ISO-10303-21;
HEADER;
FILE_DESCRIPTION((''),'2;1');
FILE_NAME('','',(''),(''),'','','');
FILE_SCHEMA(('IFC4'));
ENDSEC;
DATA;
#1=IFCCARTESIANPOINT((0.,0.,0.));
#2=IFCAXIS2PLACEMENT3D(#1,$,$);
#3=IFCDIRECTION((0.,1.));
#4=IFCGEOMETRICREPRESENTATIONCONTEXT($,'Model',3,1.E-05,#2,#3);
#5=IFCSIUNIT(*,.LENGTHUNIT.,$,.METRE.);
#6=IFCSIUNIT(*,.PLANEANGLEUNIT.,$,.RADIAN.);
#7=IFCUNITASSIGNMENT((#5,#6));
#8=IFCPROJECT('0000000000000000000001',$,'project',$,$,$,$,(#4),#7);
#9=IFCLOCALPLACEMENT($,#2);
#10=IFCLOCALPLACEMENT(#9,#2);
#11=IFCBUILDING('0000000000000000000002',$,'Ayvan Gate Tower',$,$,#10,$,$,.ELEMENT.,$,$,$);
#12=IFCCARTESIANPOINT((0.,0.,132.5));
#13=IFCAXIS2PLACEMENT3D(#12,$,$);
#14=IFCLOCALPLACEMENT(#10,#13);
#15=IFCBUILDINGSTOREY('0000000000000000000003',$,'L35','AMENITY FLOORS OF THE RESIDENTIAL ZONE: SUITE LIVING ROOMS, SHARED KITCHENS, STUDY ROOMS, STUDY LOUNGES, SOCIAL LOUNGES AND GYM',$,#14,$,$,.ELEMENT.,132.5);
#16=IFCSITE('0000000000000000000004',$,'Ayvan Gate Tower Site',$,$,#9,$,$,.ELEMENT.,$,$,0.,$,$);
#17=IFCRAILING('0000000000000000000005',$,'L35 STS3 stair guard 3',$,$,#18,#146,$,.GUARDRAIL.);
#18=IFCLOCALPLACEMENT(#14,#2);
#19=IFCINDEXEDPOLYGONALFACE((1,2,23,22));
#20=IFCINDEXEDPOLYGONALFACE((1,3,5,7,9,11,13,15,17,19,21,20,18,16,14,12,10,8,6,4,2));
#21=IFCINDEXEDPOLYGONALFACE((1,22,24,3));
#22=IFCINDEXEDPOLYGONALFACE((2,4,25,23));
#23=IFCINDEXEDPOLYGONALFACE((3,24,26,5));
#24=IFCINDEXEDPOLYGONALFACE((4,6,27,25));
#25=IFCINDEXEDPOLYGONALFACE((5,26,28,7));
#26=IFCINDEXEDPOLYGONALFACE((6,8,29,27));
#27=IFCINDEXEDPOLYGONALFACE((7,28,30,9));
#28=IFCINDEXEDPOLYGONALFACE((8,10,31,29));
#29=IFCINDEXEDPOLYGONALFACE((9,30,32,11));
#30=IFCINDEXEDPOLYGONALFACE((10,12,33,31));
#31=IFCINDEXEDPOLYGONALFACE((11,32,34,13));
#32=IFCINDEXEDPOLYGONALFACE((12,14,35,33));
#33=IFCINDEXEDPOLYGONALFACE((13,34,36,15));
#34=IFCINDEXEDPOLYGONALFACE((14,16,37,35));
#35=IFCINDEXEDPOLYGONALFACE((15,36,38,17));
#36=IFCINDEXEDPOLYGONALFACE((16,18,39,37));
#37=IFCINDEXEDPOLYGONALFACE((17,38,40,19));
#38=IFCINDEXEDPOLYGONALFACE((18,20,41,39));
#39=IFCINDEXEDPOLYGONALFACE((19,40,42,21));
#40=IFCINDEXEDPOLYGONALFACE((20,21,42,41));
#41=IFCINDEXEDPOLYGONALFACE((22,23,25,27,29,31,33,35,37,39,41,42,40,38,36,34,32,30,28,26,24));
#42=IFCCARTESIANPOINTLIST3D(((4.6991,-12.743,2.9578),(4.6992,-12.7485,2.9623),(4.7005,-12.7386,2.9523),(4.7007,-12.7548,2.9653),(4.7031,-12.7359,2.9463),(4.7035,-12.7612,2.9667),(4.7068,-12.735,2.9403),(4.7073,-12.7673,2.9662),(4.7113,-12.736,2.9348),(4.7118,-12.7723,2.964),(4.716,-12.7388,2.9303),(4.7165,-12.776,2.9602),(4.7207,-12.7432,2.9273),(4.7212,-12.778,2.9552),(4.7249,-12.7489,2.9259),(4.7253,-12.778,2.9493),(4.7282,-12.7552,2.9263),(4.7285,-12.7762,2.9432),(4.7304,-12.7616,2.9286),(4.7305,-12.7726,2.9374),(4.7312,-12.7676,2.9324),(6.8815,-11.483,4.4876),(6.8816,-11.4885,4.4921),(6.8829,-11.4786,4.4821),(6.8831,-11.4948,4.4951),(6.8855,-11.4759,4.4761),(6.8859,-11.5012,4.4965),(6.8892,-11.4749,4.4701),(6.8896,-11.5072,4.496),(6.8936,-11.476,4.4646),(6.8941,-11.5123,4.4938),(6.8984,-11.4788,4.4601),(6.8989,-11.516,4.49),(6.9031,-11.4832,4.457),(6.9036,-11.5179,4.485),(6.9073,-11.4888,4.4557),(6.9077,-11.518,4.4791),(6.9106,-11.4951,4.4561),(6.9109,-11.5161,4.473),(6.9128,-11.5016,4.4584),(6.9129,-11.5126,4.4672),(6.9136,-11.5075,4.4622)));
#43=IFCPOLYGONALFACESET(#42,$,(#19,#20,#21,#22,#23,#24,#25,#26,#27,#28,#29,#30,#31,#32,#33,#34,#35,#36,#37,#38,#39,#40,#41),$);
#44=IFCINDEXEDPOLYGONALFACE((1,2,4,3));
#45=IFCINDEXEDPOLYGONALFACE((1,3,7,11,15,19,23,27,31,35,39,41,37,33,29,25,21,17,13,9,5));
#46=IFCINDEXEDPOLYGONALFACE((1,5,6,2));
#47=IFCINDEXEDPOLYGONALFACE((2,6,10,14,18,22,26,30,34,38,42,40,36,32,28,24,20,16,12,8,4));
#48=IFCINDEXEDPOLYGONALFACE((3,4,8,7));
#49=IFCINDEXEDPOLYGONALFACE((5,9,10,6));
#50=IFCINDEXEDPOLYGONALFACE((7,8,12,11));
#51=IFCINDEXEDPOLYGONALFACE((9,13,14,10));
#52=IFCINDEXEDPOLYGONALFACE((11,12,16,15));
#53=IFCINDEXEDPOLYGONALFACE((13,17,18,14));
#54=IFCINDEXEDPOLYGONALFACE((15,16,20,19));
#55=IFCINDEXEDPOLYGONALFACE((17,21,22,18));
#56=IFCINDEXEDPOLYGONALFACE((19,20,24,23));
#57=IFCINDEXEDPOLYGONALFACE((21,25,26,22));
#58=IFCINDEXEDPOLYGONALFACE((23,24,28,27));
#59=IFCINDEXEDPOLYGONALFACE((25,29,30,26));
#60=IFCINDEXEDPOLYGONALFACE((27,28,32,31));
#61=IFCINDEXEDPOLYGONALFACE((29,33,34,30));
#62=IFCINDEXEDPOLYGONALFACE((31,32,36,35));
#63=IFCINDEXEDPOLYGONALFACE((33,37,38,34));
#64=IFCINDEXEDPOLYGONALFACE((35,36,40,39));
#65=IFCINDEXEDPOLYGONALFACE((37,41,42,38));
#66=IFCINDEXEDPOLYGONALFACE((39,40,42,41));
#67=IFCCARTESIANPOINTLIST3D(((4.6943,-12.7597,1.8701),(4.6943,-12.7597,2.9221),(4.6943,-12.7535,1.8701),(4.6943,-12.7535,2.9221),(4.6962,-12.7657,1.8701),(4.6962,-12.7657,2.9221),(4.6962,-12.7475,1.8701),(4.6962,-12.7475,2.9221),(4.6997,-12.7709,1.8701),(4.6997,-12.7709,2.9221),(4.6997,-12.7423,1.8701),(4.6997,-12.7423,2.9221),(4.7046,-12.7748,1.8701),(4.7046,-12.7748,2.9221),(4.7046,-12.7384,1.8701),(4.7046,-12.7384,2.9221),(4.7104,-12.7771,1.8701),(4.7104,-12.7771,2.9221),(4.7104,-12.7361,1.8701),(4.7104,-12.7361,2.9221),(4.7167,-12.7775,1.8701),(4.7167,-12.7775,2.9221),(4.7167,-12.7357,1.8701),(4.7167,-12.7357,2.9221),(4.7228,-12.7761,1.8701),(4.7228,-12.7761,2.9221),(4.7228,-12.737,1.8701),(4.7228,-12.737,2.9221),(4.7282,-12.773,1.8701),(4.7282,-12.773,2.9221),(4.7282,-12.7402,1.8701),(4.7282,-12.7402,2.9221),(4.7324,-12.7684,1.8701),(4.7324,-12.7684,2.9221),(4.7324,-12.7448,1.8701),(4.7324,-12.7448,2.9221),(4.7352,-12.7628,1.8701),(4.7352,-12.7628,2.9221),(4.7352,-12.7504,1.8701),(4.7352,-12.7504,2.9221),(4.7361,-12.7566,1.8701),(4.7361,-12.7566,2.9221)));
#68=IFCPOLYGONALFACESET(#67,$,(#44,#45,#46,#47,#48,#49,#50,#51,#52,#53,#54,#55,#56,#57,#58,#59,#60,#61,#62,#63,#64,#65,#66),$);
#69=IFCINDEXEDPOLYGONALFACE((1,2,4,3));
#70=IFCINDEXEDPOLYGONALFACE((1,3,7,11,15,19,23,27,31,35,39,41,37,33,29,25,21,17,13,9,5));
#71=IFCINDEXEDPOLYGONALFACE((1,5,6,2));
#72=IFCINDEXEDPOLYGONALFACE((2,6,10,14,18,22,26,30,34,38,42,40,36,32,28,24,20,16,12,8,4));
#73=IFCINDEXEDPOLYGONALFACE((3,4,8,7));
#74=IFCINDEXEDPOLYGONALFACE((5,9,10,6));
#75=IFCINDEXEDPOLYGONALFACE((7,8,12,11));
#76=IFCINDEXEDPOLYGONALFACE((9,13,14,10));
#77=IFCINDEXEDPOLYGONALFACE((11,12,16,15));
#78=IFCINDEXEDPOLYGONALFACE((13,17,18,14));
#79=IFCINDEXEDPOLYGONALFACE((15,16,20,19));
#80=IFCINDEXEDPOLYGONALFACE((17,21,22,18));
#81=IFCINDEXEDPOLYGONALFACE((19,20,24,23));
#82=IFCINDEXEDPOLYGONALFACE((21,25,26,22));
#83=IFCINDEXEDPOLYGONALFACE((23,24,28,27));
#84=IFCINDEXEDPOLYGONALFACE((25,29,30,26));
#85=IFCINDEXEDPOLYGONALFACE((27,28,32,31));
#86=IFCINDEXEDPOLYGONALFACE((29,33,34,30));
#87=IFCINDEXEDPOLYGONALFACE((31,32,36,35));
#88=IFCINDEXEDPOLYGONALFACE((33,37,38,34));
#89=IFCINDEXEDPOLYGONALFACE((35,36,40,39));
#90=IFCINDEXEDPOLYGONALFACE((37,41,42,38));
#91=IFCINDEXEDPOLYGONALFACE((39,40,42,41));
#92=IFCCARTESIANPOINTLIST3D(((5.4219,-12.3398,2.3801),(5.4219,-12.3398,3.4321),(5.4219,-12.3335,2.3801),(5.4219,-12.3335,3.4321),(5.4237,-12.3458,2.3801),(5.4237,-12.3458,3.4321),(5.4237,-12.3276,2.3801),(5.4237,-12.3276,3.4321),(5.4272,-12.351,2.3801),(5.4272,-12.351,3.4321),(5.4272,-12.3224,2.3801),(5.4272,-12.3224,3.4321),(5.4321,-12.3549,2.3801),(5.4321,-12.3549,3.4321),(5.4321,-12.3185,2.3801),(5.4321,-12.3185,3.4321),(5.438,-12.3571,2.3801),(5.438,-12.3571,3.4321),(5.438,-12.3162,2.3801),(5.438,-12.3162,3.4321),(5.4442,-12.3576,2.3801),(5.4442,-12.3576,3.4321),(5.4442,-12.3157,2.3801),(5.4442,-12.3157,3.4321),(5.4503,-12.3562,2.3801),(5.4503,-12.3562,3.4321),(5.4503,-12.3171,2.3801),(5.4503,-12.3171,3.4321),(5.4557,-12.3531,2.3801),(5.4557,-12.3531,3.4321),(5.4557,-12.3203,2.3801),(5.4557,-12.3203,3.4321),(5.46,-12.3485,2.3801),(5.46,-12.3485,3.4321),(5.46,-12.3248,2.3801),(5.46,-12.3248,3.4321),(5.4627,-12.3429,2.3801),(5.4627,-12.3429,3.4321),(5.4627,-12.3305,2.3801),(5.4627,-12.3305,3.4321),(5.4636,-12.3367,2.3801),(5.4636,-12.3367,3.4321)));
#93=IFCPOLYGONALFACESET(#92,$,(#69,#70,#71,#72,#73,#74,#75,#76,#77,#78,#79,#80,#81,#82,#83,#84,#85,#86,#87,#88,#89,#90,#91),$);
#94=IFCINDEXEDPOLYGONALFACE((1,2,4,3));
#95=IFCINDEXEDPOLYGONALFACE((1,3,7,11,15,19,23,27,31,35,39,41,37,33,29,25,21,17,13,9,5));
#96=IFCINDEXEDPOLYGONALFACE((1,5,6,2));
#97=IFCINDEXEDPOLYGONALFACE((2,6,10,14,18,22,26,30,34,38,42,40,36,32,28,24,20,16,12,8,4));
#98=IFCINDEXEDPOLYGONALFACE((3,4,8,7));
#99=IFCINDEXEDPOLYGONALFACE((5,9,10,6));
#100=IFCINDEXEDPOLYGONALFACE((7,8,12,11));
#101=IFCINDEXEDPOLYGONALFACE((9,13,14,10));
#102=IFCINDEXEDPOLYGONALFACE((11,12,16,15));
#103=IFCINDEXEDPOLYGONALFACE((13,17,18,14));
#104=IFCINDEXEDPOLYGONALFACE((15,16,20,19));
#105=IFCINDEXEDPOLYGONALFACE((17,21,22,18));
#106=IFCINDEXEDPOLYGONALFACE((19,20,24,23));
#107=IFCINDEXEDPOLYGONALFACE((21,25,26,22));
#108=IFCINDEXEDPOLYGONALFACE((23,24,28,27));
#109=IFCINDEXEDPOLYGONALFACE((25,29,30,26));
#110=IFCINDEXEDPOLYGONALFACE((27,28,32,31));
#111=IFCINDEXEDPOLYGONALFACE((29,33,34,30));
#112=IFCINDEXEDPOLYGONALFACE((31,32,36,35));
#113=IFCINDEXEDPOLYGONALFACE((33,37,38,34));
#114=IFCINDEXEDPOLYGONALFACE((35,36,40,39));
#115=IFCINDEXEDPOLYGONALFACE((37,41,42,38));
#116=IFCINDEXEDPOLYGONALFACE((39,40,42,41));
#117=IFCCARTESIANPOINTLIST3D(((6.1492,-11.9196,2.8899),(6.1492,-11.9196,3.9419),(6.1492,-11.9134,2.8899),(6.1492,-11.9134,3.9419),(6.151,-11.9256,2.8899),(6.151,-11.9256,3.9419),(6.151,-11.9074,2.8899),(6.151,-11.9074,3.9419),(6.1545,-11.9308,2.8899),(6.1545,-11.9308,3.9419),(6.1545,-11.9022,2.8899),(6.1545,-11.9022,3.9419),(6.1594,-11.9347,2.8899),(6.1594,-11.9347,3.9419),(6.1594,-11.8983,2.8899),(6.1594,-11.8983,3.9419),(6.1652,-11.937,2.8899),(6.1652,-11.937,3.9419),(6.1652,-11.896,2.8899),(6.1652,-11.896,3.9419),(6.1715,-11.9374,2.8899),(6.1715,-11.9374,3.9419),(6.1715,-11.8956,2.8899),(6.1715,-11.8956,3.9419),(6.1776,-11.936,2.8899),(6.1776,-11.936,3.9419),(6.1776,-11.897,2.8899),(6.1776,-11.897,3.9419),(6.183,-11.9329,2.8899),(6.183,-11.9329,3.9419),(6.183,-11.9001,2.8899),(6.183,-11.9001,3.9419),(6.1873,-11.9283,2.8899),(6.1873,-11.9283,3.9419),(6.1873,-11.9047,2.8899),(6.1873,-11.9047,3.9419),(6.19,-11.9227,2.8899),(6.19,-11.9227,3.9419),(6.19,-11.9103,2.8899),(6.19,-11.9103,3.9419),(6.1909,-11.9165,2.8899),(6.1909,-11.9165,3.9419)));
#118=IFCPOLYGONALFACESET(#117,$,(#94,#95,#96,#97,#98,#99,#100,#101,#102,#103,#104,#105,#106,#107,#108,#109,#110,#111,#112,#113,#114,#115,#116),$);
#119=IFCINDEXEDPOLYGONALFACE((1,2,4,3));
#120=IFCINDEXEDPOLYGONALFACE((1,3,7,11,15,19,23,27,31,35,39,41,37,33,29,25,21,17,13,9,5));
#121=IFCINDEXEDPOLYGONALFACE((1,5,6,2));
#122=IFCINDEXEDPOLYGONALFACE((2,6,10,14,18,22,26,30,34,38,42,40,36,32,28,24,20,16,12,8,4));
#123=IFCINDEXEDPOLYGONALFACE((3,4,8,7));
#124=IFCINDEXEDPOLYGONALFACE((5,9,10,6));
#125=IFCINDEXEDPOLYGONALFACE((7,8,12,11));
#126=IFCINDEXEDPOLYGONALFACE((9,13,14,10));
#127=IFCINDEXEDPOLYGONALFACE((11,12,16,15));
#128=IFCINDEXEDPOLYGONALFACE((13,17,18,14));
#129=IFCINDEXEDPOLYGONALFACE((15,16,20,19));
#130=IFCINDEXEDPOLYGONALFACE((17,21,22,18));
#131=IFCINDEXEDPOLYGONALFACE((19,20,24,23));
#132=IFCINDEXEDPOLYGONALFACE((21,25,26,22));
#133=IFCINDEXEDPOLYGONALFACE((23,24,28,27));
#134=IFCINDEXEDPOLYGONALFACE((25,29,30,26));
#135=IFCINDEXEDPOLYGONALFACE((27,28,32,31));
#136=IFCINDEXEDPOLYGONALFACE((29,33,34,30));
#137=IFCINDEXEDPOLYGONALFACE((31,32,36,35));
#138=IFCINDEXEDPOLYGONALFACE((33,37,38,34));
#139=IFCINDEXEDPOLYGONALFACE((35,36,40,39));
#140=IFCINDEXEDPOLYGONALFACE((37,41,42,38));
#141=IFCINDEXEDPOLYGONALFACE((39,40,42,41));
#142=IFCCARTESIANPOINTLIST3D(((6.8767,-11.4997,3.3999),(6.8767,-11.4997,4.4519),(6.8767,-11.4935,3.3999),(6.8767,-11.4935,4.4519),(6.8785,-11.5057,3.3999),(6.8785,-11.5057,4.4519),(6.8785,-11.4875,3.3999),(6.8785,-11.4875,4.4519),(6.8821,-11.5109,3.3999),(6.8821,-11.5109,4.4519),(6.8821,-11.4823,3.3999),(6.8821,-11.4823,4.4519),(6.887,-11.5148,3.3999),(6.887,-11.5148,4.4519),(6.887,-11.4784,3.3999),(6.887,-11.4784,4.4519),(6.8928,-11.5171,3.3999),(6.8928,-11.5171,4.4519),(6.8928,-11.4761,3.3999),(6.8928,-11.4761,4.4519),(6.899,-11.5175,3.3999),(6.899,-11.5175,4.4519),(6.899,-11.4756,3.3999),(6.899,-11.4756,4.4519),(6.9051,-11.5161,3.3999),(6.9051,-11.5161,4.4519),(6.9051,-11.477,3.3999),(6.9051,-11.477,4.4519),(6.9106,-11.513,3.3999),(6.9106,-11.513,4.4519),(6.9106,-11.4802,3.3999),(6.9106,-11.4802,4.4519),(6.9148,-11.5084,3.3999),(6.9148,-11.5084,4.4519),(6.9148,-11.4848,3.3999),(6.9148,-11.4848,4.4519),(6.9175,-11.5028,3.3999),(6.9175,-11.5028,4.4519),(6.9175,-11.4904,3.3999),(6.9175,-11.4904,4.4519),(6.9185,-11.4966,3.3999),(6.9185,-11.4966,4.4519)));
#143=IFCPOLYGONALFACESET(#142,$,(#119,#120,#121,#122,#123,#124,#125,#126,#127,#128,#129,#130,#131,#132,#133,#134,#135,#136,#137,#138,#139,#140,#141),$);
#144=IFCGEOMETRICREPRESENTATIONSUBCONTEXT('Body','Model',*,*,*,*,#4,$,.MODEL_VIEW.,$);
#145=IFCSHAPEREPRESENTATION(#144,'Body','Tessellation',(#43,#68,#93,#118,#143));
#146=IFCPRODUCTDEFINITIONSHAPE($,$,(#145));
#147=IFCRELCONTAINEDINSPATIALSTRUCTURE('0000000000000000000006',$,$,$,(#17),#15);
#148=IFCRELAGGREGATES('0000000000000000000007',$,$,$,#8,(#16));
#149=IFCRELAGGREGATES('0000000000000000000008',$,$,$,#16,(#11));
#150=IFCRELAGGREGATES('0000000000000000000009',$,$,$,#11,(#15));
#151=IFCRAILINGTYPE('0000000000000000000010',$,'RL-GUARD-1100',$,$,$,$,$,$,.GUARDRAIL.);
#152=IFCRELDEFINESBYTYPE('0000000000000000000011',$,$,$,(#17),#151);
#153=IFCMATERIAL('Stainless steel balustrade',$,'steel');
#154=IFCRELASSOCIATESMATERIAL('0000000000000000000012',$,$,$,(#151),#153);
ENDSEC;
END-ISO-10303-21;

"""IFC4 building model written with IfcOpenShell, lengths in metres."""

from ifc_helpers import new_model, si_unit, direction, frame, origin, origin_2d, place, context, subcontext, project, spatial, circle, extrude, material, type_object, element, save


model = new_model("IFC4")

# Units and contexts
model_context = context("Model", 3, precision=1e-05, world=origin(), true_north=direction((0.0, 1.0)))
body_context = subcontext(model_context, "Body", "Model", "MODEL_VIEW")
ifc_project = project(units=[si_unit("LENGTHUNIT", "METRE"), si_unit("PLANEANGLEUNIT", "RADIAN")], contexts=[model_context])

# Site, building, storey
site_placement = place(None, origin())
site = spatial("IfcSite", under=ifc_project, at=site_placement, Name="Ayvan Gate Tower Site", CompositionType="ELEMENT", RefElevation=0.0)
building_placement = place(site_placement, origin())
building = spatial("IfcBuilding", under=site, at=building_placement, Name="Ayvan Gate Tower", CompositionType="ELEMENT")
storey_placement = place(building_placement, frame((0.0, 0.0, 132.5)))
storey = spatial("IfcBuildingStorey", under=building, at=storey_placement, Name="L35", Description="AMENITY FLOORS OF THE RESIDENTIAL ZONE: SUITE LIVING ROOMS, SHARED KITCHENS, STUDY ROOMS, STUDY LOUNGES, SOCIAL LOUNGES AND GYM", CompositionType="ELEMENT", Elevation=132.5)

# Railing
ifc_material_1 = material(Name="Stainless steel balustrade", Category="steel")
railing_type_1 = type_object("IfcRailingType", Name="RL-GUARD-1100", PredefinedType="GUARDRAIL", material=ifc_material_1)
railing_1_placement = place(storey_placement, frame((4.7151, -12.7566, 1.8701)))
element("IfcRailing", 1, at=railing_1_placement, inside=storey, type_object=railing_type_1, Name="L35 STS3 stair guard 3", PredefinedType="GUARDRAIL", context=body_context, shape_type="SweptSolid", body=[
    extrude(circle(Radius=0.0239, at=origin_2d()), frame((0.0, 0.0, 1.0762), z_axis=(0.740293, 0.427414, 0.518926), x_axis=(-0.500005, 0.866023, 0.0)), (0.0, 0.0, 1.0), 2.948),
    extrude(circle(Radius=0.021, at=origin_2d()), origin(), (0.0, 0.0, 1.0), 1.052),
    extrude(circle(Radius=0.021, at=origin_2d()), frame((0.7275, 0.4199, 0.51)), (0.0, 0.0, 1.0), 1.052),
    extrude(circle(Radius=0.021, at=origin_2d()), frame((1.4548, 0.8401, 1.0198)), (0.0, 0.0, 1.0), 1.052),
    extrude(circle(Radius=0.021, at=origin_2d()), frame((2.1824, 1.26, 1.5298)), (0.0, 0.0, 1.0), 1.052),
])

save(model, "model.ifc")
